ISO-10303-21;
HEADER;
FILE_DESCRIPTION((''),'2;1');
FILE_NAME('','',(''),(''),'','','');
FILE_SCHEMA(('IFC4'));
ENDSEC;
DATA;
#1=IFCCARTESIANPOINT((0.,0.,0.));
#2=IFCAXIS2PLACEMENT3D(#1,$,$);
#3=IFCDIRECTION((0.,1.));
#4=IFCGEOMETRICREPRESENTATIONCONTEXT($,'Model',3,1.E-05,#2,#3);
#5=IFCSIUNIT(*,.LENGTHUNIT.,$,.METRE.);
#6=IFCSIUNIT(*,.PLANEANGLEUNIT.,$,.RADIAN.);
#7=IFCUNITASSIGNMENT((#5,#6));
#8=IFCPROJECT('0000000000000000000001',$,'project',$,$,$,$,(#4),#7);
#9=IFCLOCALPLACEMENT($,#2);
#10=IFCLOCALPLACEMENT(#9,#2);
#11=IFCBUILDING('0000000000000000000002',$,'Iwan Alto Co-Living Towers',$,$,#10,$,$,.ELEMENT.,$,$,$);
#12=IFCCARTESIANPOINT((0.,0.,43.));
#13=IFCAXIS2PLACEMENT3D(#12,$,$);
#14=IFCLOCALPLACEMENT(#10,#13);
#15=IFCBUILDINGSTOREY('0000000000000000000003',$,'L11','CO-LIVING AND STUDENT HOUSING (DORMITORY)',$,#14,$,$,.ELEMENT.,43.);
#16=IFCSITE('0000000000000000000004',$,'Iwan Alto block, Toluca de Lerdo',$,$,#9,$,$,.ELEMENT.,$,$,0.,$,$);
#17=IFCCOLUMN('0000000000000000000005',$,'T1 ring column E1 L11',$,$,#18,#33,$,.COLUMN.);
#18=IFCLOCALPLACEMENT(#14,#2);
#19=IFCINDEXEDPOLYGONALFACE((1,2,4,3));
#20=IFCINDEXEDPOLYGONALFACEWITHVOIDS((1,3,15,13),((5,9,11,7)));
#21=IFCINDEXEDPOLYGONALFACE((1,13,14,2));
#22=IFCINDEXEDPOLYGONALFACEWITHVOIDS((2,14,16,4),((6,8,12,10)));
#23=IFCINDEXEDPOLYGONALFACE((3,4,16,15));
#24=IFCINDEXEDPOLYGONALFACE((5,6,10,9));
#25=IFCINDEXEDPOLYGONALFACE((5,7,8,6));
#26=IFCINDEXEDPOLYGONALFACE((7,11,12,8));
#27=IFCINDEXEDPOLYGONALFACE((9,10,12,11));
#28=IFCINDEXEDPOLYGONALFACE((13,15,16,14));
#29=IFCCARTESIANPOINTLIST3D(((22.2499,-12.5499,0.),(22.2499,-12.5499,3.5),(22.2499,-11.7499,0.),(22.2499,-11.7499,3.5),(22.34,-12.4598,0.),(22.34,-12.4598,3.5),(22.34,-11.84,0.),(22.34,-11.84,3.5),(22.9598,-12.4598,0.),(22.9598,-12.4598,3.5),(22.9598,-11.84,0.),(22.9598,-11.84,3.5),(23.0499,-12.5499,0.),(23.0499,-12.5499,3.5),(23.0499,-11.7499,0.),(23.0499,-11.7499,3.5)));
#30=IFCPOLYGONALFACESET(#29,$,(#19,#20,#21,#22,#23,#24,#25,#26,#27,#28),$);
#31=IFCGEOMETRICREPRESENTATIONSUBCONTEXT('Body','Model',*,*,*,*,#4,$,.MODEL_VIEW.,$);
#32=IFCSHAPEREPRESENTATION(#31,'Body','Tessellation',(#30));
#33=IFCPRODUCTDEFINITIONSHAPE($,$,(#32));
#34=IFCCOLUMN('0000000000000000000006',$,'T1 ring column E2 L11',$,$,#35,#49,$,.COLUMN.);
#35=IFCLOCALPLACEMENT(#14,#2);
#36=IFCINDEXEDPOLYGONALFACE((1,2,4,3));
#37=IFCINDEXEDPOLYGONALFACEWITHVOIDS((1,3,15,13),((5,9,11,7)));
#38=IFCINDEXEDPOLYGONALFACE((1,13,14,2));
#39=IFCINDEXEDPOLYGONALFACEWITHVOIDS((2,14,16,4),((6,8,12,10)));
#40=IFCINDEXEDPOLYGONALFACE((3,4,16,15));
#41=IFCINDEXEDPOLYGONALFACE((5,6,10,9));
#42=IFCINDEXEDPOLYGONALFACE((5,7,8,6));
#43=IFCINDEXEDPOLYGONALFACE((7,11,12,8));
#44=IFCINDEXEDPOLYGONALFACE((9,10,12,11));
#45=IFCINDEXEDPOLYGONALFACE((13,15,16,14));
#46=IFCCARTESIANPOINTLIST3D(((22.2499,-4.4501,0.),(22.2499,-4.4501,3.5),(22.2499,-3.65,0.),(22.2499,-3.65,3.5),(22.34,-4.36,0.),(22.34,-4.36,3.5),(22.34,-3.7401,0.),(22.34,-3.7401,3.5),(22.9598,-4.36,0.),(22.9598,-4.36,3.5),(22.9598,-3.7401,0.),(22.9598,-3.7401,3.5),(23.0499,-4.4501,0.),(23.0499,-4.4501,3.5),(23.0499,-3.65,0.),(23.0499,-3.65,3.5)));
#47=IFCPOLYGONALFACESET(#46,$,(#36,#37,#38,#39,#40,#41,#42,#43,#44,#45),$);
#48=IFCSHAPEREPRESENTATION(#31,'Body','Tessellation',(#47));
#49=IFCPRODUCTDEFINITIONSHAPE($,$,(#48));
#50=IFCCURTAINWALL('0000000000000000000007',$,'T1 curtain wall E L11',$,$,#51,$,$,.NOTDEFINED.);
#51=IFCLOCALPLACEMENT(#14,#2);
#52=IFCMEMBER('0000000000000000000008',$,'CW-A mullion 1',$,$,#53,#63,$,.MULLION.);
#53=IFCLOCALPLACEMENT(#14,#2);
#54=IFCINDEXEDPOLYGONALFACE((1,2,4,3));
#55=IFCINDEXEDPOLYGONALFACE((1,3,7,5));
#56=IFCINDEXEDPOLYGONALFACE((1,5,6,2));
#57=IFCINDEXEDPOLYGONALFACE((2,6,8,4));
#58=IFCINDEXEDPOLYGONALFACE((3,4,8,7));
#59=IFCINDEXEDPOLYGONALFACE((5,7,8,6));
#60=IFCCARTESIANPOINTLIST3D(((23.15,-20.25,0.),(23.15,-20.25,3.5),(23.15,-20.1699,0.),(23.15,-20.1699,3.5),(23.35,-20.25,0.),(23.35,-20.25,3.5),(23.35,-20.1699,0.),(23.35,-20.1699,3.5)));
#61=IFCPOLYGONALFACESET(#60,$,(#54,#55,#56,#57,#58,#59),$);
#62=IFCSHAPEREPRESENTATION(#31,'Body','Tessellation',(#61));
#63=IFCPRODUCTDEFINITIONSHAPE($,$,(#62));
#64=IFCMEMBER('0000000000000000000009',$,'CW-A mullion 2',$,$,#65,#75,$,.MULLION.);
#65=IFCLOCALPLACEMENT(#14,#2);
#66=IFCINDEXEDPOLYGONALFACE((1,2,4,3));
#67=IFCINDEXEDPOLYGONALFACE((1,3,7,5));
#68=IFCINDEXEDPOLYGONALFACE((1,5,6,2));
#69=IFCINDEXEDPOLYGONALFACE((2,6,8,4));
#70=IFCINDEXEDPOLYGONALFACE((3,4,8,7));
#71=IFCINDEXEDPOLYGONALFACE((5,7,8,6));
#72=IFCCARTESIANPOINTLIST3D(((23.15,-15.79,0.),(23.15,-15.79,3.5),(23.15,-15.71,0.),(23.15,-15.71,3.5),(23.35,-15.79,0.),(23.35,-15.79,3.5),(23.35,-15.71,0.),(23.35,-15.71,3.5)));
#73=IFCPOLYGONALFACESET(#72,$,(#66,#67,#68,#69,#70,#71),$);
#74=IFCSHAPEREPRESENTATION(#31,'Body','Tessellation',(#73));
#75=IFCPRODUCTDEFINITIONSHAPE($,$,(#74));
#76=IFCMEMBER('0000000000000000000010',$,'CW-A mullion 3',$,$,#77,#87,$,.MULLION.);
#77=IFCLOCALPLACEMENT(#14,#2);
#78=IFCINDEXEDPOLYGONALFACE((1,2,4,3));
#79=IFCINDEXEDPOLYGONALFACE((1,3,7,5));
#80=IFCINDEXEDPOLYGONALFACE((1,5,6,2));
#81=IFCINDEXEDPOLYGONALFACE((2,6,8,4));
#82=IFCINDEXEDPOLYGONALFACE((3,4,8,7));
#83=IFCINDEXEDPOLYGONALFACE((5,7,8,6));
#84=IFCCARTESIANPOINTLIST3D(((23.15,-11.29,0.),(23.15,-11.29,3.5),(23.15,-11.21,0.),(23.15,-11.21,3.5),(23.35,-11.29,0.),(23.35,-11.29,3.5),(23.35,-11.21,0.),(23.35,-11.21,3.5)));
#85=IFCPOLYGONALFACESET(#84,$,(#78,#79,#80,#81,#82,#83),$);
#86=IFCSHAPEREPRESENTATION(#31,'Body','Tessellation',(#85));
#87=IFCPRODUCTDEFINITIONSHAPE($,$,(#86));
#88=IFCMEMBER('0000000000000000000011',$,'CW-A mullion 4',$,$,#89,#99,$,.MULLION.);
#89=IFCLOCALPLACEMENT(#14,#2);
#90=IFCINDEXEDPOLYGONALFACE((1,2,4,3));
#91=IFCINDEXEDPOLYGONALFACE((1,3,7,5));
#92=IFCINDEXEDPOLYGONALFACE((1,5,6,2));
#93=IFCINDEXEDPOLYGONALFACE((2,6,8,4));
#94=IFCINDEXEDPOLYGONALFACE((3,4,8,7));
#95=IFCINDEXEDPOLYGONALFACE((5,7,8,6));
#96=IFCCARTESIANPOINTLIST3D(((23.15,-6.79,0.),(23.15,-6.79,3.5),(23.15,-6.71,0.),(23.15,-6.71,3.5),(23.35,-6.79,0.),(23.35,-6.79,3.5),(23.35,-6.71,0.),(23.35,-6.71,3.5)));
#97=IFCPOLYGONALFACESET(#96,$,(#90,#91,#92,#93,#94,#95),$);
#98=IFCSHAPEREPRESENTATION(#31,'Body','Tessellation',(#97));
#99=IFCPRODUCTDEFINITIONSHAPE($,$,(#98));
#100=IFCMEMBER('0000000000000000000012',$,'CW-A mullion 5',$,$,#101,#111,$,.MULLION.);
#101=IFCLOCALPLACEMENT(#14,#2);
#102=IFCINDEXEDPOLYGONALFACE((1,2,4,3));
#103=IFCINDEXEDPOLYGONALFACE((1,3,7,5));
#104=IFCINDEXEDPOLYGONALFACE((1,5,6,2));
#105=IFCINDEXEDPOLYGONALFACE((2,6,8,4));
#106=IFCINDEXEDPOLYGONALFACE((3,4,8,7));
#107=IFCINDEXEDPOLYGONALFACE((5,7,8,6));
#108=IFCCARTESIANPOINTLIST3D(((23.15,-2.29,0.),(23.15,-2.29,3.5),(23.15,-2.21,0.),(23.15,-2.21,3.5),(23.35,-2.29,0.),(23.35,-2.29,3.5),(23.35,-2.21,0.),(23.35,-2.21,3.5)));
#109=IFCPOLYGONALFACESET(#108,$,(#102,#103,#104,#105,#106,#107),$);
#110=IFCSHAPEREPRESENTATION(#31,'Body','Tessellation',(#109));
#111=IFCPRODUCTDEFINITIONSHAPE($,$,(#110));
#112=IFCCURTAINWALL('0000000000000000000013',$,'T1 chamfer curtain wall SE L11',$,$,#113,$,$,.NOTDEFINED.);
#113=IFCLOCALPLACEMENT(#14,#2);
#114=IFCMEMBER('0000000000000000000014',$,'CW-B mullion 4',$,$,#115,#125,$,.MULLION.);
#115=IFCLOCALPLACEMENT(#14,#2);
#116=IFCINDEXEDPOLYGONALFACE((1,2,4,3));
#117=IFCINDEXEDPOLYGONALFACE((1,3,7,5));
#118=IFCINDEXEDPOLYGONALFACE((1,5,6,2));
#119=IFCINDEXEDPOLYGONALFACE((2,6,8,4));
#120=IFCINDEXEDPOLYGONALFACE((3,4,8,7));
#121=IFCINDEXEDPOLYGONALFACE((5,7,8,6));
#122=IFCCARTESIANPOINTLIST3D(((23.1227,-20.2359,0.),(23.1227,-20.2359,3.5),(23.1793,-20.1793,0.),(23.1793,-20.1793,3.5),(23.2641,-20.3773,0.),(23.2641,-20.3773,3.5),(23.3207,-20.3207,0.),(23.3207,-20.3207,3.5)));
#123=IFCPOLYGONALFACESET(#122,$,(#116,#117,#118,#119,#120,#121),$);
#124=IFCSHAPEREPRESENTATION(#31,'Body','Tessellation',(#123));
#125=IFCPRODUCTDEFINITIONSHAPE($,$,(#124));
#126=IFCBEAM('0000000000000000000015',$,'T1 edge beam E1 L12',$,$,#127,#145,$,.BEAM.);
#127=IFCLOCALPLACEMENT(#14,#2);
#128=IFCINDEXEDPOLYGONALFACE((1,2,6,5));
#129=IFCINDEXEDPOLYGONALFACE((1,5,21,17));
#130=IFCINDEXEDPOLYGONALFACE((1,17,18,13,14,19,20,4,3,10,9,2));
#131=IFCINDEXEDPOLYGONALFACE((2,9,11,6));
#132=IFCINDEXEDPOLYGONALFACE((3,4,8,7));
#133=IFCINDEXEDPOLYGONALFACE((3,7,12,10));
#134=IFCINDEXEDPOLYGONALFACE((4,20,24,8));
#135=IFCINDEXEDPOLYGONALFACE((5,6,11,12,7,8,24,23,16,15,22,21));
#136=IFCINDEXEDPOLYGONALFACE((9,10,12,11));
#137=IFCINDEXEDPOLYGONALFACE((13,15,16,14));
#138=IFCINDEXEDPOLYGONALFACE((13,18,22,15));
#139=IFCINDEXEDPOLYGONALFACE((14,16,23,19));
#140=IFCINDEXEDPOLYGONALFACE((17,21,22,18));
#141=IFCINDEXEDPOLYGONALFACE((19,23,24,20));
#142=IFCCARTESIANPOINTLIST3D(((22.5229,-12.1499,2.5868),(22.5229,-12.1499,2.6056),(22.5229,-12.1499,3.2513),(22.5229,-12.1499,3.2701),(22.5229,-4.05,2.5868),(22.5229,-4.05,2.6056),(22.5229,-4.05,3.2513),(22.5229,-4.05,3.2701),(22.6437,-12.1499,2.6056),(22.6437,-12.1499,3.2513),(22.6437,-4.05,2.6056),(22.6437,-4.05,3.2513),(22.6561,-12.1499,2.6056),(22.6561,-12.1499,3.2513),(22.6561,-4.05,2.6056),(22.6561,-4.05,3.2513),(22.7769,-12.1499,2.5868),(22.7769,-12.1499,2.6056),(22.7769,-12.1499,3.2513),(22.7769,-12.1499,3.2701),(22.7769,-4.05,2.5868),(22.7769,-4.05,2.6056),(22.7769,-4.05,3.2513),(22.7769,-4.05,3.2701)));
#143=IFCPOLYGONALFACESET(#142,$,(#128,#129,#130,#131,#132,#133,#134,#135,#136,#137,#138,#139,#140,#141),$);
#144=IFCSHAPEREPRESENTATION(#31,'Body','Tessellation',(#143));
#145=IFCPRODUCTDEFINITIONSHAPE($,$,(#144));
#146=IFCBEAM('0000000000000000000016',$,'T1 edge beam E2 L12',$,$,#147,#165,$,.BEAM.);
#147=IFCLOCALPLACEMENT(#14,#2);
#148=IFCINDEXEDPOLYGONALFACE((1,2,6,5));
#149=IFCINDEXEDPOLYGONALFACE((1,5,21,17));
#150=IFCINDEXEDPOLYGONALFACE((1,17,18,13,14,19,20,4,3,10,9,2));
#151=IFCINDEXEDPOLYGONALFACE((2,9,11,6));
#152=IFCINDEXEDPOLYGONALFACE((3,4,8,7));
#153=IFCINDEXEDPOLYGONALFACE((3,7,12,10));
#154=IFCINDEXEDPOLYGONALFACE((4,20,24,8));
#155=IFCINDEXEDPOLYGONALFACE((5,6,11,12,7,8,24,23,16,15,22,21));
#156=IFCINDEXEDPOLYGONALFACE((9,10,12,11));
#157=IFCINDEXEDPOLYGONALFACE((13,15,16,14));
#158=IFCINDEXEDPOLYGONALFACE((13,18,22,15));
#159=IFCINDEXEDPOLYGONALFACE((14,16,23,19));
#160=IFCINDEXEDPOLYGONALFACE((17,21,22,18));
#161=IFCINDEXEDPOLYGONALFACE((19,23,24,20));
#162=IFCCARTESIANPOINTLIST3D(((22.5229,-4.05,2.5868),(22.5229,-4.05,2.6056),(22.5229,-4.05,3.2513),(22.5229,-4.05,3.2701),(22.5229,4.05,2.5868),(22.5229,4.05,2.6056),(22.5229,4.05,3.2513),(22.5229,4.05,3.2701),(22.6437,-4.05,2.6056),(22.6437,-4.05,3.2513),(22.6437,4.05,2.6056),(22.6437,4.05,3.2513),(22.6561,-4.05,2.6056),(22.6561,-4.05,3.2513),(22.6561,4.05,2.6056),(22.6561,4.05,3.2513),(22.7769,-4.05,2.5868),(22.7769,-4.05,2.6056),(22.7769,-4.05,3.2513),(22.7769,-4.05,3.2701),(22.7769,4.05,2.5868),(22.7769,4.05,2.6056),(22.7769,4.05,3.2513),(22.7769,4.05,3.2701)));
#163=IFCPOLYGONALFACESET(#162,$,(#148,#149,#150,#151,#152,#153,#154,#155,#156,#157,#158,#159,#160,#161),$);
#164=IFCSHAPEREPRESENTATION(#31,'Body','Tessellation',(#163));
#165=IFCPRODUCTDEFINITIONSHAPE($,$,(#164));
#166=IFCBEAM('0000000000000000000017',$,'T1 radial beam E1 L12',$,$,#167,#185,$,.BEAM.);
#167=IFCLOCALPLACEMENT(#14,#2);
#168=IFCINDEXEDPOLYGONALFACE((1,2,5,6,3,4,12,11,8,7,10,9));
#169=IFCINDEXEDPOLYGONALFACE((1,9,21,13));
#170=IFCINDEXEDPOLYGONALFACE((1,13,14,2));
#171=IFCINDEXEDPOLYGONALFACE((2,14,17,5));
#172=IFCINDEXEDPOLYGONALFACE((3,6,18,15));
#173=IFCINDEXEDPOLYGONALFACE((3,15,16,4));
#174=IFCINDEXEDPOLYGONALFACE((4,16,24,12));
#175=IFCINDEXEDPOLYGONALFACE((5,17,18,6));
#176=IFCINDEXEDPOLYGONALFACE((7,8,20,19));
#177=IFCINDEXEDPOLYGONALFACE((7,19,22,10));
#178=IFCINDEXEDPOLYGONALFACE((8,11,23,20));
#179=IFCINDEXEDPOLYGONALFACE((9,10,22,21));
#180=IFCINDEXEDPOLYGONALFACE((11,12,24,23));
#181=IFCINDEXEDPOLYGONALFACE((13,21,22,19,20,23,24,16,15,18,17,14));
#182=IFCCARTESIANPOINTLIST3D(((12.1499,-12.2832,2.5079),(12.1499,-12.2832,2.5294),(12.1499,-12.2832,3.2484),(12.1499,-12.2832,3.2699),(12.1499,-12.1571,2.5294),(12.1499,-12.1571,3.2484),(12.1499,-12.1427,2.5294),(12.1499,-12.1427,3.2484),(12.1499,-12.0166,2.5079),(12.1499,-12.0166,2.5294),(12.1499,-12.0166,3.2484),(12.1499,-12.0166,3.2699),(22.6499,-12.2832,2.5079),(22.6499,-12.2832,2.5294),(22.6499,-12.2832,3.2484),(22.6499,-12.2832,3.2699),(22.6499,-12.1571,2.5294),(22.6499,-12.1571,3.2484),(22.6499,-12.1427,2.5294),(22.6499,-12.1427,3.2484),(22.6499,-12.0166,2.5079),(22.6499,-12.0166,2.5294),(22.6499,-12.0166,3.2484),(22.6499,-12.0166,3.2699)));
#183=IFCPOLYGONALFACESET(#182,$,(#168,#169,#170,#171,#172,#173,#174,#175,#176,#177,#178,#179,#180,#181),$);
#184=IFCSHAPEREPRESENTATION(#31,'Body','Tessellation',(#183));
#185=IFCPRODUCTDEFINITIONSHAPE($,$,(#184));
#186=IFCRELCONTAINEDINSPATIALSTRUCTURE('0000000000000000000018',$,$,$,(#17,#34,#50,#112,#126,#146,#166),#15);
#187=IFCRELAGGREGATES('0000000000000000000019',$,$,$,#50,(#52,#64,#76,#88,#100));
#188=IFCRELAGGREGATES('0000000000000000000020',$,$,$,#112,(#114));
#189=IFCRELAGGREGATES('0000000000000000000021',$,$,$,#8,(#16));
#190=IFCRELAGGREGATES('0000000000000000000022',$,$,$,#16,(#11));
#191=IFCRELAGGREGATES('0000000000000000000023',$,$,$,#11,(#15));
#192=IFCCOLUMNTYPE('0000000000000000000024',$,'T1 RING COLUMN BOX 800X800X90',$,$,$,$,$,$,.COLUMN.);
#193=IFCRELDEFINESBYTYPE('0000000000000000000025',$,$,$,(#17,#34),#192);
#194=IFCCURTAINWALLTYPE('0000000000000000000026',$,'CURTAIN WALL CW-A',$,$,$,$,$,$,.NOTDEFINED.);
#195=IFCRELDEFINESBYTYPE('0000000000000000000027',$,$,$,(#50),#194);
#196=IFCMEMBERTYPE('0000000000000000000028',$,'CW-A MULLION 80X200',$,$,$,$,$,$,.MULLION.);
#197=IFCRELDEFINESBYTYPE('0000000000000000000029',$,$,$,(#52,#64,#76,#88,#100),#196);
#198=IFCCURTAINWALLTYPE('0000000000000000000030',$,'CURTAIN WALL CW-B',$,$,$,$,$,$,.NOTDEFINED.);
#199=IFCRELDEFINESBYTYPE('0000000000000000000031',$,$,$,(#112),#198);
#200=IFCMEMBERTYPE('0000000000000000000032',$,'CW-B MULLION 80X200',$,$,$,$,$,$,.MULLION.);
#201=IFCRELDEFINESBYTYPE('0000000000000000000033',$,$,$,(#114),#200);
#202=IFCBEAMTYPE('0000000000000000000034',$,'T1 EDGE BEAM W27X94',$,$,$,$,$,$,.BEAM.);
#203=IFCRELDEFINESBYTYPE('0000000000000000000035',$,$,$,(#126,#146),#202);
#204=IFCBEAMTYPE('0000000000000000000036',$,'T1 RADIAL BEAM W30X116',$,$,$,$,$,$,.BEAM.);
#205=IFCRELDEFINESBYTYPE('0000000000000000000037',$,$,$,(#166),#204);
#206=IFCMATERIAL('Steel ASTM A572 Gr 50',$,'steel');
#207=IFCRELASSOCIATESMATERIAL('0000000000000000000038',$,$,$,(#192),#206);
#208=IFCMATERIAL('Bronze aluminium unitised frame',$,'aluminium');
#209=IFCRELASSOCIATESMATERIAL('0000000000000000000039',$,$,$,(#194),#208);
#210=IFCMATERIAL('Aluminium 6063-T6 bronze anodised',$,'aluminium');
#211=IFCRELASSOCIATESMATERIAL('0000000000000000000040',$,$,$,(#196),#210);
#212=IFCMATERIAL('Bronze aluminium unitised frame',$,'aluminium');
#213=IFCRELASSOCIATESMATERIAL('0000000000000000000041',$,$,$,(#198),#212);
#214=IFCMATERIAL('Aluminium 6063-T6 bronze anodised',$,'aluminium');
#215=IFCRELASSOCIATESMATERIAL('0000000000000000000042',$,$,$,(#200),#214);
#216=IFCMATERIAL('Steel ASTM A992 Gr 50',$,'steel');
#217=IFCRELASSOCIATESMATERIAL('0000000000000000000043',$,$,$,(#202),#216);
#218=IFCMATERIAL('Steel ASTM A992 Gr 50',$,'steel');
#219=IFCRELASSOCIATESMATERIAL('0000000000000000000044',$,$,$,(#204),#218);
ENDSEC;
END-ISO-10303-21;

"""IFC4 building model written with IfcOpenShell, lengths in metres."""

from ifc_helpers import new_model, si_unit, direction, frame, origin, origin_2d, place, context, subcontext, project, spatial, rectangle, hollow_rectangle, i_section, extrude, material, material_profile, profile_set, type_object, element, aggregate, save


model = new_model("IFC4")

# Units and contexts
model_context = context("Model", 3, precision=1e-05, world=origin(), true_north=direction((0.0, 1.0)))
body_context = subcontext(model_context, "Body", "Model", "MODEL_VIEW")
ifc_project = project(units=[si_unit("LENGTHUNIT", "METRE"), si_unit("PLANEANGLEUNIT", "RADIAN")], contexts=[model_context])

# Site, building, storey
site_placement = place(None, origin())
site = spatial("IfcSite", under=ifc_project, at=site_placement, Name="Iwan Alto block, Toluca de Lerdo", CompositionType="ELEMENT", RefElevation=0.0)
building_placement = place(site_placement, origin())
building = spatial("IfcBuilding", under=site, at=building_placement, Name="Iwan Alto Co-Living Towers", CompositionType="ELEMENT")
storey_placement = place(building_placement, frame((0.0, 0.0, 43.0)))
storey = spatial("IfcBuildingStorey", under=building, at=storey_placement, Name="L11", Description="CO-LIVING AND STUDENT HOUSING (DORMITORY)", CompositionType="ELEMENT", Elevation=43.0)

# Columns
ifc_material_1 = material(Name="Steel ASTM A572 Gr 50", Category="steel")
ifc_material_profile_1 = material_profile(ifc_material_1, hollow_rectangle(XDim=0.8, YDim=0.8, WallThickness=0.0901, at=origin_2d()), Name="BOX 800X800X90")
ifc_profile_set_1 = profile_set([ifc_material_profile_1], Name="Steel ASTM A572 Gr 50")
column_type = type_object("IfcColumnType", Name="T1 RING COLUMN BOX 800X800X90", PredefinedType="COLUMN", material=ifc_profile_set_1)
for number, where, z_axis, x_axis, name in (
    (1, (22.6499, -12.1499, 0.0), (0.0, 0.0, 1.0), (1.0, 0.0, 0.0), "T1 ring column E1 L11"),
    (2, (22.6499, -4.05, 0.0), (0.0, 0.0, 1.0), (1.0, 0.0, 0.0), "T1 ring column E2 L11"),
):
    element("IfcColumn", number, at=place(storey_placement, frame(where, z_axis=z_axis, x_axis=x_axis)), inside=storey, type_object=column_type, Name=name, PredefinedType="COLUMN", context=body_context, shape_type="SweptSolid", body=[
        extrude(hollow_rectangle(XDim=0.8, YDim=0.8, WallThickness=0.0901, at=origin_2d()), origin(), (0.0, 0.0, 1.0), 3.5),
    ])

# Curtain wall, members
ifc_material_2 = material(Name="Bronze aluminium unitised frame", Category="aluminium")
curtain_wall_type_1 = type_object("IfcCurtainWallType", Name="CURTAIN WALL CW-A", PredefinedType="NOTDEFINED", material=ifc_material_2)
curtain_wall_1_placement = place(storey_placement, origin())
curtain_wall_1 = element("IfcCurtainWall", 3, at=curtain_wall_1_placement, inside=storey, type_object=curtain_wall_type_1, Name="T1 curtain wall E L11", PredefinedType="NOTDEFINED")
ifc_material_3 = material(Name="Aluminium 6063-T6 bronze anodised", Category="aluminium")
ifc_material_profile_2 = material_profile(ifc_material_3, rectangle(XDim=0.2, YDim=0.0801, at=origin_2d()), Name="AL 80X200")
ifc_profile_set_2 = profile_set([ifc_material_profile_2], Name="Aluminium 6063-T6 bronze anodised")
member_type_1 = type_object("IfcMemberType", Name="CW-A MULLION 80X200", PredefinedType="MULLION", material=ifc_profile_set_2)
member_1_placement = place(storey_placement, frame((23.25, -20.21, 0.0), z_axis=(0.0, 0.0, 1.0), x_axis=(-1.0, 0.0, 0.0)))
member_1 = element("IfcMember", 4, at=member_1_placement, type_object=member_type_1, Name="CW-A mullion 1", PredefinedType="MULLION", context=body_context, shape_type="SweptSolid", body=[
    extrude(rectangle(XDim=0.2, YDim=0.0801, at=origin_2d()), origin(), (0.0, 0.0, 1.0), 3.5),
])
member_2_placement = place(storey_placement, frame((23.25, -15.75, 0.0), z_axis=(0.0, 0.0, 1.0), x_axis=(-1.0, 0.0, 0.0)))
member_2 = element("IfcMember", 5, at=member_2_placement, type_object=member_type_1, Name="CW-A mullion 2", PredefinedType="MULLION", context=body_context, shape_type="SweptSolid", body=[
    extrude(rectangle(XDim=0.2, YDim=0.0801, at=origin_2d()), origin(), (0.0, 0.0, 1.0), 3.5),
])
member_3_placement = place(storey_placement, frame((23.25, -11.25, 0.0), z_axis=(0.0, 0.0, 1.0), x_axis=(-1.0, 0.0, 0.0)))
member_3 = element("IfcMember", 6, at=member_3_placement, type_object=member_type_1, Name="CW-A mullion 3", PredefinedType="MULLION", context=body_context, shape_type="SweptSolid", body=[
    extrude(rectangle(XDim=0.2, YDim=0.0801, at=origin_2d()), origin(), (0.0, 0.0, 1.0), 3.5),
])
member_4_placement = place(storey_placement, frame((23.25, -6.75, 0.0), z_axis=(0.0, 0.0, 1.0), x_axis=(-1.0, 0.0, 0.0)))
member_4 = element("IfcMember", 7, at=member_4_placement, type_object=member_type_1, Name="CW-A mullion 4", PredefinedType="MULLION", context=body_context, shape_type="SweptSolid", body=[
    extrude(rectangle(XDim=0.2, YDim=0.0801, at=origin_2d()), origin(), (0.0, 0.0, 1.0), 3.5),
])
member_5_placement = place(storey_placement, frame((23.25, -2.25, 0.0), z_axis=(0.0, 0.0, 1.0), x_axis=(-1.0, 0.0, 0.0)))
member_5 = element("IfcMember", 8, at=member_5_placement, type_object=member_type_1, Name="CW-A mullion 5", PredefinedType="MULLION", context=body_context, shape_type="SweptSolid", body=[
    extrude(rectangle(XDim=0.2, YDim=0.0801, at=origin_2d()), origin(), (0.0, 0.0, 1.0), 3.5),
])
aggregate(curtain_wall_1, [member_1, member_2, member_3, member_4, member_5])

# Curtain wall, member
ifc_material_4 = material(Name="Bronze aluminium unitised frame", Category="aluminium")
curtain_wall_type_2 = type_object("IfcCurtainWallType", Name="CURTAIN WALL CW-B", PredefinedType="NOTDEFINED", material=ifc_material_4)
curtain_wall_2_placement = place(storey_placement, origin())
curtain_wall_2 = element("IfcCurtainWall", 9, at=curtain_wall_2_placement, inside=storey, type_object=curtain_wall_type_2, Name="T1 chamfer curtain wall SE L11", PredefinedType="NOTDEFINED")
ifc_material_5 = material(Name="Aluminium 6063-T6 bronze anodised", Category="aluminium")
ifc_material_profile_3 = material_profile(ifc_material_5, rectangle(XDim=0.2, YDim=0.0801, at=origin_2d()), Name="AL 80X200")
ifc_profile_set_3 = profile_set([ifc_material_profile_3], Name="Aluminium 6063-T6 bronze anodised")
member_type_2 = type_object("IfcMemberType", Name="CW-B MULLION 80X200", PredefinedType="MULLION", material=ifc_profile_set_3)
member_6_placement = place(storey_placement, frame((23.2217, -20.2783, 0.0), z_axis=(0.0, 0.0, 1.0), x_axis=(-0.707107, 0.707107, 0.0)))
member_6 = element("IfcMember", 10, at=member_6_placement, type_object=member_type_2, Name="CW-B mullion 4", PredefinedType="MULLION", context=body_context, shape_type="SweptSolid", body=[
    extrude(rectangle(XDim=0.2, YDim=0.0801, at=origin_2d()), origin(), (0.0, 0.0, 1.0), 3.5),
])
aggregate(curtain_wall_2, [member_6])

# Beams
ifc_material_6 = material(Name="Steel ASTM A992 Gr 50", Category="steel")
ifc_material_profile_4 = material_profile(ifc_material_6, i_section(OverallWidth=0.2539, OverallDepth=0.6833, WebThickness=0.0125, FlangeThickness=0.0188, at=origin_2d()), Name="W27X94")
ifc_profile_set_4 = profile_set([ifc_material_profile_4], Name="Steel ASTM A992 Gr 50")
beam_type_1 = type_object("IfcBeamType", Name="T1 EDGE BEAM W27X94", PredefinedType="BEAM", material=ifc_profile_set_4)
beam_1_placement = place(storey_placement, frame((22.6499, -12.1499, 2.9285), z_axis=(0.0, 1.0, 0.0), x_axis=(-1.0, 0.0, 0.0)))
element("IfcBeam", 11, at=beam_1_placement, inside=storey, type_object=beam_type_1, Name="T1 edge beam E1 L12", PredefinedType="BEAM", context=body_context, shape_type="SweptSolid", body=[
    extrude(i_section(OverallWidth=0.2539, OverallDepth=0.6833, WebThickness=0.0125, FlangeThickness=0.0188, at=origin_2d()), origin(), (0.0, 0.0, 1.0), 8.0999),
])
beam_2_placement = place(storey_placement, frame((22.6499, -4.05, 2.9285), z_axis=(0.0, 1.0, 0.0), x_axis=(-1.0, 0.0, 0.0)))
element("IfcBeam", 12, at=beam_2_placement, inside=storey, type_object=beam_type_1, Name="T1 edge beam E2 L12", PredefinedType="BEAM", context=body_context, shape_type="SweptSolid", body=[
    extrude(i_section(OverallWidth=0.2539, OverallDepth=0.6833, WebThickness=0.0125, FlangeThickness=0.0188, at=origin_2d()), origin(), (0.0, 0.0, 1.0), 8.1001),
])
ifc_material_7 = material(Name="Steel ASTM A992 Gr 50", Category="steel")
ifc_material_profile_5 = material_profile(ifc_material_7, i_section(OverallWidth=0.2666, OverallDepth=0.762, WebThickness=0.0144, FlangeThickness=0.0215, at=origin_2d()), Name="W30X116")
ifc_profile_set_5 = profile_set([ifc_material_profile_5], Name="Steel ASTM A992 Gr 50")
beam_type_2 = type_object("IfcBeamType", Name="T1 RADIAL BEAM W30X116", PredefinedType="BEAM", material=ifc_profile_set_5)
beam_3_placement = place(storey_placement, frame((22.6499, -12.1499, 2.8889), z_axis=(-1.0, 0.0, 0.0), x_axis=(0.0, -1.0, 0.0)))
element("IfcBeam", 13, at=beam_3_placement, inside=storey, type_object=beam_type_2, Name="T1 radial beam E1 L12", PredefinedType="BEAM", context=body_context, shape_type="SweptSolid", body=[
    extrude(i_section(OverallWidth=0.2666, OverallDepth=0.762, WebThickness=0.0144, FlangeThickness=0.0215, at=origin_2d()), origin(), (0.0, 0.0, 1.0), 10.5),
])

save(model, "model.ifc")
